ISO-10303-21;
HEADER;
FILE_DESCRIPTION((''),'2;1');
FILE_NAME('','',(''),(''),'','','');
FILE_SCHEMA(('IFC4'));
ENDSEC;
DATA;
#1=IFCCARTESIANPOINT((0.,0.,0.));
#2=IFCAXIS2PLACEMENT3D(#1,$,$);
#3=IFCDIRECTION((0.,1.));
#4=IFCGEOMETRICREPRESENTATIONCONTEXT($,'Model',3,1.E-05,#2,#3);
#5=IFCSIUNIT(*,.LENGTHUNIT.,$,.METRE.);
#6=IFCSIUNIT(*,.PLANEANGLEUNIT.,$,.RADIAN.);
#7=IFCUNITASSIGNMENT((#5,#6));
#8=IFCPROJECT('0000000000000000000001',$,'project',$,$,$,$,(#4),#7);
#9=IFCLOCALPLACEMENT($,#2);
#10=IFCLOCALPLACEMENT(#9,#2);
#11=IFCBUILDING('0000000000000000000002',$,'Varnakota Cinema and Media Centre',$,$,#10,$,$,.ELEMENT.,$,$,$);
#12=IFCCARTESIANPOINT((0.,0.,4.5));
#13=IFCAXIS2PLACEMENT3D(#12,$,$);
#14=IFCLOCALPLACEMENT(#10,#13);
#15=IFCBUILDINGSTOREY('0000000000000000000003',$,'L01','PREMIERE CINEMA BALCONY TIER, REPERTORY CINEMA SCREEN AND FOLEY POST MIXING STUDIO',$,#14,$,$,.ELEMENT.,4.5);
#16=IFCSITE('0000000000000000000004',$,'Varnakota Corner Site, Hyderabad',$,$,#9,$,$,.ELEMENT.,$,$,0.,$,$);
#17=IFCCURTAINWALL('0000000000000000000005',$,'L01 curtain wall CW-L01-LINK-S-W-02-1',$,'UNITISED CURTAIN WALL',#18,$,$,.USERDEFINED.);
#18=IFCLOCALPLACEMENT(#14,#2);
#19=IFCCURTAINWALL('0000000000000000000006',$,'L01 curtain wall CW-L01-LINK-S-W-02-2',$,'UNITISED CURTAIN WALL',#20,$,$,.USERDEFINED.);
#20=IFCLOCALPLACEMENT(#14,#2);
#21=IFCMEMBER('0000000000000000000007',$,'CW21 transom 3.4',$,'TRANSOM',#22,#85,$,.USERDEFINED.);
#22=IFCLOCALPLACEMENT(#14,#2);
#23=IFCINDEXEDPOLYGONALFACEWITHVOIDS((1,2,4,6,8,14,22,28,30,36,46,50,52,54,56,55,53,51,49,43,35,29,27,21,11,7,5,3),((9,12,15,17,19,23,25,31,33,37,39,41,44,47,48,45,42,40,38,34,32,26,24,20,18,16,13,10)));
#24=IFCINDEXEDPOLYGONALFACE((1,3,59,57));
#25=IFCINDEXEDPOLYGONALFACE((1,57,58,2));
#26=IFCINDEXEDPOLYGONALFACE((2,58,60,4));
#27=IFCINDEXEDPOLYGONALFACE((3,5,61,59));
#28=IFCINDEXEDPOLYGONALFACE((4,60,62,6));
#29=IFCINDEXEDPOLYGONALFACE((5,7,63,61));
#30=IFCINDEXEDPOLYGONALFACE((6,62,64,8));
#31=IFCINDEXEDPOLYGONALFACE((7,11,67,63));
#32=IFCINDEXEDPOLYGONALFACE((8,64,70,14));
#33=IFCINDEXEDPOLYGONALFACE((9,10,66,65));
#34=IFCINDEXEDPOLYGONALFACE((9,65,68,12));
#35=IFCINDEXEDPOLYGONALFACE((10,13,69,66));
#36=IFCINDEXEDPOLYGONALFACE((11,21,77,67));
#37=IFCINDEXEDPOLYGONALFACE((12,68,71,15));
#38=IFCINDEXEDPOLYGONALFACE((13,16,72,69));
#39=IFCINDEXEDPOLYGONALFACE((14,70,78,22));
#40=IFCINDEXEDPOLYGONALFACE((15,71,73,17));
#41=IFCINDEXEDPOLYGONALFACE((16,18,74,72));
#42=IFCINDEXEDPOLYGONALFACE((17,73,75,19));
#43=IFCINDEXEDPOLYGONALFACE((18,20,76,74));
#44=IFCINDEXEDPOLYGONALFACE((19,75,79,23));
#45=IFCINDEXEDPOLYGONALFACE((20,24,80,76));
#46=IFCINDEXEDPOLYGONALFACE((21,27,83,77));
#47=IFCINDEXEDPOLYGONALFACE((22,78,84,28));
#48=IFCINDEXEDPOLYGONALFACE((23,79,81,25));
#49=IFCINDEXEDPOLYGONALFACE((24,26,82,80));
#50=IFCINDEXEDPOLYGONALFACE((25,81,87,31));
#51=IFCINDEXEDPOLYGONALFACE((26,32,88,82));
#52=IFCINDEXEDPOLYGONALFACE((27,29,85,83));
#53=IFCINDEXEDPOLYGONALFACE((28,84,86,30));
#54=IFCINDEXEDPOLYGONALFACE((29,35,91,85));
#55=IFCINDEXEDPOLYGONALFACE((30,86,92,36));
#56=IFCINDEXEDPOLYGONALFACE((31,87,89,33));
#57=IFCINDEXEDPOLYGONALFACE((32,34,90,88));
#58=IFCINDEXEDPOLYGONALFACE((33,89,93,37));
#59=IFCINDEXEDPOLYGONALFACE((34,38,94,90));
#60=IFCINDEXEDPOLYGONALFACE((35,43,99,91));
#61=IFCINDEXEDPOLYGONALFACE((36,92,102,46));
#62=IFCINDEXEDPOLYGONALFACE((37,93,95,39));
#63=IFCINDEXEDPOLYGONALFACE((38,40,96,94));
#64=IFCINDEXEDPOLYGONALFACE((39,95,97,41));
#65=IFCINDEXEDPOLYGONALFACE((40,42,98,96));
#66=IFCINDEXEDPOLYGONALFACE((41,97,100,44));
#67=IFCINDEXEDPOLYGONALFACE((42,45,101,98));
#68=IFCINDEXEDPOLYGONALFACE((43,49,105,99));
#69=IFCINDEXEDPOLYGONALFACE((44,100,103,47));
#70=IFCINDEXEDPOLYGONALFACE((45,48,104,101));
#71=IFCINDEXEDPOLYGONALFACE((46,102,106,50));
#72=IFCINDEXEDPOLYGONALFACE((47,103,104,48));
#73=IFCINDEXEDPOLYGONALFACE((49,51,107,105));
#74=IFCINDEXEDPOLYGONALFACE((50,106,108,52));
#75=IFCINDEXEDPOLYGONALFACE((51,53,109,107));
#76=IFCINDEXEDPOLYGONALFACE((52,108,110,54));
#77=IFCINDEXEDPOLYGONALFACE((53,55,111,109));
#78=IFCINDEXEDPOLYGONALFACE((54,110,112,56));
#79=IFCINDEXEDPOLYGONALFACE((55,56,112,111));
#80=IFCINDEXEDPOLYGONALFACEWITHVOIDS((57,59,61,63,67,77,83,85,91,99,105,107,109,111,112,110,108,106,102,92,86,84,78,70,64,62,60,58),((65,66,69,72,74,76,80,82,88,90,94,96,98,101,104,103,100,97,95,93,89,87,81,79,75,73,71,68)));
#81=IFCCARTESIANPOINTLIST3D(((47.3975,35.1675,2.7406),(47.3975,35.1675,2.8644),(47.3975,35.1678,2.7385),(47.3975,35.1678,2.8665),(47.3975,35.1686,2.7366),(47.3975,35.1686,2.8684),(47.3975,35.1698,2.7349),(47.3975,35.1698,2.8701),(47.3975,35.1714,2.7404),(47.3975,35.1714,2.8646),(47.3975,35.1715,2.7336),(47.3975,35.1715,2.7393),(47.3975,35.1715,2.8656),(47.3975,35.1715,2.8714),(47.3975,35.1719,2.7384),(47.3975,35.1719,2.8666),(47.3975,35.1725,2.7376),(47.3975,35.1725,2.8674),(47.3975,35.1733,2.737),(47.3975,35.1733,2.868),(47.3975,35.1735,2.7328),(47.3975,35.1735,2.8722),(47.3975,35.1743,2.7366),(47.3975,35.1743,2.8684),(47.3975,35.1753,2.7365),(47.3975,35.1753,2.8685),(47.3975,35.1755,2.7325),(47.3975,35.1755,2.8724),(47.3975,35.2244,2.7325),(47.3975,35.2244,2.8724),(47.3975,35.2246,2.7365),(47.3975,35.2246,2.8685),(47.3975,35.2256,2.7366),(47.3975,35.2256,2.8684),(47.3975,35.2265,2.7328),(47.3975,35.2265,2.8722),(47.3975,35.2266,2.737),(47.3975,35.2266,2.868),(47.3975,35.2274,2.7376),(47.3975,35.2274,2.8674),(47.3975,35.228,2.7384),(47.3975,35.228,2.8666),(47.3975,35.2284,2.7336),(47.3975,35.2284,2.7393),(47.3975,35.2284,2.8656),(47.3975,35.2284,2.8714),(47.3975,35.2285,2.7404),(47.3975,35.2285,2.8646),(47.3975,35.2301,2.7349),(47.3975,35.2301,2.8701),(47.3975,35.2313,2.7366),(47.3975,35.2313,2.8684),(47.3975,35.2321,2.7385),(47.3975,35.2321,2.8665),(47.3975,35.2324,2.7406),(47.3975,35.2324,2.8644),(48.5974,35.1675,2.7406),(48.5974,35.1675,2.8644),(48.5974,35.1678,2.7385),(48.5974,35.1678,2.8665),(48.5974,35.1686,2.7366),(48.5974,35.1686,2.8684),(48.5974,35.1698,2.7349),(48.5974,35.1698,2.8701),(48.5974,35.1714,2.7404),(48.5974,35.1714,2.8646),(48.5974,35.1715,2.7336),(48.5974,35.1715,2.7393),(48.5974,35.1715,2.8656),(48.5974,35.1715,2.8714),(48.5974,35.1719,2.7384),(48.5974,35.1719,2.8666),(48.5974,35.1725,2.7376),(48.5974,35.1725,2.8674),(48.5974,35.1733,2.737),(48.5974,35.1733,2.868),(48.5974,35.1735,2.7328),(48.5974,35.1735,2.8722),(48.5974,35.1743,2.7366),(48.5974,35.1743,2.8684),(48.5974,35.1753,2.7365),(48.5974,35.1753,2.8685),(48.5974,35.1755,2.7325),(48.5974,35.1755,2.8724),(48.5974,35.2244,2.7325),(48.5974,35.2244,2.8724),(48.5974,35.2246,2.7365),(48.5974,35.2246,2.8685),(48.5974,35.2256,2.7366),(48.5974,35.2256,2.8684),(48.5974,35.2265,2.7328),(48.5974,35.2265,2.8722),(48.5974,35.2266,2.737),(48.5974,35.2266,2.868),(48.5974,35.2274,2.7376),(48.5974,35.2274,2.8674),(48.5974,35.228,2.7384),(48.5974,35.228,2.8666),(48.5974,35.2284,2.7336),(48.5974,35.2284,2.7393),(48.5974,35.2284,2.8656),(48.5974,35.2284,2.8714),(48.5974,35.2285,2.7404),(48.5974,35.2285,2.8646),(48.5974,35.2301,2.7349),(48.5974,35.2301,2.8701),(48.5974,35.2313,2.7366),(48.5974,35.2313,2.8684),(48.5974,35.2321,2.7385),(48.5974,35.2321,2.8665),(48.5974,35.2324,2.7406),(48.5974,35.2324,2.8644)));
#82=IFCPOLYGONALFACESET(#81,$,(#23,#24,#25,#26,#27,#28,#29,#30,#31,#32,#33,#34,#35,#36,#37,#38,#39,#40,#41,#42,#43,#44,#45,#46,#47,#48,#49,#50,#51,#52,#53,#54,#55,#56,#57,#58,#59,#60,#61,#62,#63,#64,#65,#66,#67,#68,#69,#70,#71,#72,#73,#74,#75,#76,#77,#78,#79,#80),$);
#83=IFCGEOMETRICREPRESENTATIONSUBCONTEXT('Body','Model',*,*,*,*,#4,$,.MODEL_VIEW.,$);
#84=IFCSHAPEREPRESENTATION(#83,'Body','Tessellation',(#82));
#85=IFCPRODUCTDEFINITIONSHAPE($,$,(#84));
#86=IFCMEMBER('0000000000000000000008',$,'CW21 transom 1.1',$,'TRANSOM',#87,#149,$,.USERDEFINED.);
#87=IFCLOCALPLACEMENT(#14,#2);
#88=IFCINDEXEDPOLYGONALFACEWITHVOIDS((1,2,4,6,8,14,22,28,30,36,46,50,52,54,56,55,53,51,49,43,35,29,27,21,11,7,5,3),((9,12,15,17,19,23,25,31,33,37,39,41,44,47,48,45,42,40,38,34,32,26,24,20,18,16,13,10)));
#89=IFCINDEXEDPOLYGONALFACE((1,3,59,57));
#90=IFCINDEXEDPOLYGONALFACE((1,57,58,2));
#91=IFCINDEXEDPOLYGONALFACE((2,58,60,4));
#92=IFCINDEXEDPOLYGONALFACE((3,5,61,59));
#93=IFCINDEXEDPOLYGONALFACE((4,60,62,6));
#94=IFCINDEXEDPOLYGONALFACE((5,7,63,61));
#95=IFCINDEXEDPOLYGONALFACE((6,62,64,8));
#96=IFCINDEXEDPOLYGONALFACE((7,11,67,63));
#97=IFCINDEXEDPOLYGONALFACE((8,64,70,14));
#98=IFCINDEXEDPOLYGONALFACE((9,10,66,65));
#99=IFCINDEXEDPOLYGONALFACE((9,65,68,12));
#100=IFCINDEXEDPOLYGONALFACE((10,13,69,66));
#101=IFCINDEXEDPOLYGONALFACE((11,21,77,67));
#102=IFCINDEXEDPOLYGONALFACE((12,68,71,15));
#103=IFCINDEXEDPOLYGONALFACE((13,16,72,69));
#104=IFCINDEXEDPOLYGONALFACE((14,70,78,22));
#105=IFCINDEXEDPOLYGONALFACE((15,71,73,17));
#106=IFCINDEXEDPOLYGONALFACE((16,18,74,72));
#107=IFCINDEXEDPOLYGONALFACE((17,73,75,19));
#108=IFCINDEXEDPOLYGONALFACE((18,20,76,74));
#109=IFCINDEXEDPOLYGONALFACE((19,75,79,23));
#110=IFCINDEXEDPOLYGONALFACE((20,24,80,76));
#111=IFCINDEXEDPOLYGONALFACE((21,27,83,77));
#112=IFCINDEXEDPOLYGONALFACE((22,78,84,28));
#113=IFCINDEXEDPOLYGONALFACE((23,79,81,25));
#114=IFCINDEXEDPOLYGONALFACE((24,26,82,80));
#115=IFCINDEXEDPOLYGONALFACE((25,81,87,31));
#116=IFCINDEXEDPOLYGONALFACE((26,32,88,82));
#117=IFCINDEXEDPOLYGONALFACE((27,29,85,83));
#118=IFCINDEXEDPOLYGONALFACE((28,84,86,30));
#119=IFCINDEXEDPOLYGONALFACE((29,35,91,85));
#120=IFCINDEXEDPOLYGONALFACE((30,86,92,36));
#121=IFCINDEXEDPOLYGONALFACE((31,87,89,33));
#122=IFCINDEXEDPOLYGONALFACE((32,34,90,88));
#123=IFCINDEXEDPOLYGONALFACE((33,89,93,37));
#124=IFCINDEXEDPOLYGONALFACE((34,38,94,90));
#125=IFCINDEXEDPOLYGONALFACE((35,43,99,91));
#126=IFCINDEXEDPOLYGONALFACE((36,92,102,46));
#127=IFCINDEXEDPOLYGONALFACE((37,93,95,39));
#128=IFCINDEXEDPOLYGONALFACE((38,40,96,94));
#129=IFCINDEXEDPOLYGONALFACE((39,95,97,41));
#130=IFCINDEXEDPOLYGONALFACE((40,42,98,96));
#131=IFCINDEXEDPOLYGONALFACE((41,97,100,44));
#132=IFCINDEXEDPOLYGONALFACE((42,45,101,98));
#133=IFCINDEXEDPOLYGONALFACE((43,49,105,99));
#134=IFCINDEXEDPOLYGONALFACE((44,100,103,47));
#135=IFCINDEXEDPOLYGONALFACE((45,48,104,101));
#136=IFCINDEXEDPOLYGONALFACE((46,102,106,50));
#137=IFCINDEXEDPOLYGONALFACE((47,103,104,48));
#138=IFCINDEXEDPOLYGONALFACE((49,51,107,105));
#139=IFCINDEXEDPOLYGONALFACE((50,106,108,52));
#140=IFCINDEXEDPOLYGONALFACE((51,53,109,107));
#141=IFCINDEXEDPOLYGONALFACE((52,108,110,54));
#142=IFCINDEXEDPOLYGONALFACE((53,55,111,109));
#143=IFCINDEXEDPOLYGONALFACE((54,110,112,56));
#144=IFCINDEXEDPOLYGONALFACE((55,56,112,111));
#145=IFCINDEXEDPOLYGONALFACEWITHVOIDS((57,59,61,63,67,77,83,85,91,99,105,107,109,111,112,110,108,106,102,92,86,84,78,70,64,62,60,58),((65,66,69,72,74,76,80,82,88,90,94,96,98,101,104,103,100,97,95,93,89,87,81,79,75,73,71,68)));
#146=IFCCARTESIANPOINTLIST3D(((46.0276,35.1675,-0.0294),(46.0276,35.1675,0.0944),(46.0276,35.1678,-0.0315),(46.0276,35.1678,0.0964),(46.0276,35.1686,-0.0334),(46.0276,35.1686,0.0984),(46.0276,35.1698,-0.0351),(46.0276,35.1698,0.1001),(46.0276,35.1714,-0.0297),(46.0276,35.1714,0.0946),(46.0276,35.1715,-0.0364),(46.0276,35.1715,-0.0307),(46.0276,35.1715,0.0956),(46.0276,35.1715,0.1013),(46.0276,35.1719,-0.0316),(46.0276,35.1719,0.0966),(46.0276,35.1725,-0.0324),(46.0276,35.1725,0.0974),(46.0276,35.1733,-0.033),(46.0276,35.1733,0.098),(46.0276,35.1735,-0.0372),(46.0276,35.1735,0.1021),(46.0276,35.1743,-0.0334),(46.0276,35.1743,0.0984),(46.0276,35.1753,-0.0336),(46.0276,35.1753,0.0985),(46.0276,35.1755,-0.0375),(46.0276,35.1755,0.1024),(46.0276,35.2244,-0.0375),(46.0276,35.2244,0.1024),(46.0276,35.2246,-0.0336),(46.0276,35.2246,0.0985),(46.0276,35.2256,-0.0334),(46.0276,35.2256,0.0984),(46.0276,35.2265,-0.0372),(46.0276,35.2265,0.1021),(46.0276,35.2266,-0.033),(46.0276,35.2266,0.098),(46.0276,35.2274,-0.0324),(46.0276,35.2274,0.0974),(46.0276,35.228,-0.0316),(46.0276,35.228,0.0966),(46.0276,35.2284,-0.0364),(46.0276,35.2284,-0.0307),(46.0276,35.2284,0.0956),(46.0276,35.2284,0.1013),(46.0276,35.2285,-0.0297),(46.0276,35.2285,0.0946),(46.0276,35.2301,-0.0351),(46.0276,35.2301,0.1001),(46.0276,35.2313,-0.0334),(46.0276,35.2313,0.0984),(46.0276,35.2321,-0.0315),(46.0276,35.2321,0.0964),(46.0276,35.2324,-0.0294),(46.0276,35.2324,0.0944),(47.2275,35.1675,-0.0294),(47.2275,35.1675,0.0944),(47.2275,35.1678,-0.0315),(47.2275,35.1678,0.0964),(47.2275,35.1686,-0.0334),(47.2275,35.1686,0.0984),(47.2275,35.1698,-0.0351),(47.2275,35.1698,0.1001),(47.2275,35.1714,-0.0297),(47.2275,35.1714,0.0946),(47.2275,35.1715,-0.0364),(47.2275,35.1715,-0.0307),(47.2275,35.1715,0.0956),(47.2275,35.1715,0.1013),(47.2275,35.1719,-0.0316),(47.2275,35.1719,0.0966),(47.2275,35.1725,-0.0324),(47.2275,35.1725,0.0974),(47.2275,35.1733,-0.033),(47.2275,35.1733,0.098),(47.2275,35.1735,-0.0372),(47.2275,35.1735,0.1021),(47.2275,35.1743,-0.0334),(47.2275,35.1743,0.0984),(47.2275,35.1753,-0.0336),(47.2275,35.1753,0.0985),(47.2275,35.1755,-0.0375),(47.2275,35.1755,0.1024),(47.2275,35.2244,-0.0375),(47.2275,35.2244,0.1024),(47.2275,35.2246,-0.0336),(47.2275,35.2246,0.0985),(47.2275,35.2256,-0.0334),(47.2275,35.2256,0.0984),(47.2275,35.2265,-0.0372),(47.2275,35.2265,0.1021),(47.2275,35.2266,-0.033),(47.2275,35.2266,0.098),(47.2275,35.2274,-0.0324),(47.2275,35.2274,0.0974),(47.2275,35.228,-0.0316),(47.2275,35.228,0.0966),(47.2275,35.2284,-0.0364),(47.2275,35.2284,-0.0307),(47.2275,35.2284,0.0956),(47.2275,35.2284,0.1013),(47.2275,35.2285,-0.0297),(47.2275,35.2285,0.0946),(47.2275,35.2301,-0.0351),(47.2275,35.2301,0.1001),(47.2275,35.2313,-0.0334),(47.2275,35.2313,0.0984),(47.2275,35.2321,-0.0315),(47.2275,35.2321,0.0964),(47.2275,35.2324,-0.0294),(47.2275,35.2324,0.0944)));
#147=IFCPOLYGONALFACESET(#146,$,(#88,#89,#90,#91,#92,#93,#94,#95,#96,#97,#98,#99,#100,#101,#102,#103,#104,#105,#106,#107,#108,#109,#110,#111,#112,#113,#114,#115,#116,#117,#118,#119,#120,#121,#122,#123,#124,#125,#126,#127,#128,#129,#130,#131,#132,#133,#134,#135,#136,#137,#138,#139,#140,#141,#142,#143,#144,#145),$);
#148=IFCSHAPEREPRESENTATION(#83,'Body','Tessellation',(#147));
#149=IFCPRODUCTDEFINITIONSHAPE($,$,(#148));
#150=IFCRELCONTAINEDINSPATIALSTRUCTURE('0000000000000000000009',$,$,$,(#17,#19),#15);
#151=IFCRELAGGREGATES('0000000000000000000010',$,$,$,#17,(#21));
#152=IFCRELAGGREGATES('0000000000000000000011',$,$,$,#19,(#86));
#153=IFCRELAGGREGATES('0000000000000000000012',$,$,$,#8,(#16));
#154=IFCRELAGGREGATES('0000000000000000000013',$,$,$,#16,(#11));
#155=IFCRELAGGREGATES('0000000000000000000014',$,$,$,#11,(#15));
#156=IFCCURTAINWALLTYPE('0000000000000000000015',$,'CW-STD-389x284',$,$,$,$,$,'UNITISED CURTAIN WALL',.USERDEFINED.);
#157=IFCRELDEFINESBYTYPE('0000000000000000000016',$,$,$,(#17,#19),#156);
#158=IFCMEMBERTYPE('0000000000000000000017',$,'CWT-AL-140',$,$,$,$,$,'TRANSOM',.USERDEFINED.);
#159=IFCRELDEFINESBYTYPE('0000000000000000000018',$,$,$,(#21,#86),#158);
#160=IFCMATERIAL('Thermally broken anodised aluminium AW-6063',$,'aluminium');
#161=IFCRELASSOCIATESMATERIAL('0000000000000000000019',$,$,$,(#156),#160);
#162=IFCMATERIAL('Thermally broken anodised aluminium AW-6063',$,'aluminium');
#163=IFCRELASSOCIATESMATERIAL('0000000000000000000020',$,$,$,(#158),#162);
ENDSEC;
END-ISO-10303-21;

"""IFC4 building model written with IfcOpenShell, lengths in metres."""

from ifc_helpers import new_model, si_unit, direction, frame, origin, origin_2d, place, context, subcontext, project, spatial, hollow_rectangle, extrude, material, material_profile, profile_set, type_object, element, aggregate, save


model = new_model("IFC4")

# Units and contexts
model_context = context("Model", 3, precision=1e-05, world=origin(), true_north=direction((0.0, 1.0)))
body_context = subcontext(model_context, "Body", "Model", "MODEL_VIEW")
ifc_project = project(units=[si_unit("LENGTHUNIT", "METRE"), si_unit("PLANEANGLEUNIT", "RADIAN")], contexts=[model_context])

# Site, building, storey
site_placement = place(None, origin())
site = spatial("IfcSite", under=ifc_project, at=site_placement, Name="Varnakota Corner Site, Hyderabad", CompositionType="ELEMENT", RefElevation=0.0)
building_placement = place(site_placement, origin())
building = spatial("IfcBuilding", under=site, at=building_placement, Name="Varnakota Cinema and Media Centre", CompositionType="ELEMENT")
storey_placement = place(building_placement, frame((0.0, 0.0, 4.5)))
storey = spatial("IfcBuildingStorey", under=building, at=storey_placement, Name="L01", Description="PREMIERE CINEMA BALCONY TIER, REPERTORY CINEMA SCREEN AND FOLEY POST MIXING STUDIO", CompositionType="ELEMENT", Elevation=4.5)

# Curtain walls
ifc_material_1 = material(Name="Thermally broken anodised aluminium AW-6063", Category="aluminium")
curtain_wall_type = type_object("IfcCurtainWallType", Name="CW-STD-389x284", ElementType="UNITISED CURTAIN WALL", PredefinedType="USERDEFINED", material=ifc_material_1)
curtain_wall_1_placement = place(storey_placement, origin())
curtain_wall_1 = element("IfcCurtainWall", 1, at=curtain_wall_1_placement, inside=storey, type_object=curtain_wall_type, Name="L01 curtain wall CW-L01-LINK-S-W-02-1", ObjectType="UNITISED CURTAIN WALL", PredefinedType="USERDEFINED")
curtain_wall_2_placement = place(storey_placement, origin())
curtain_wall_2 = element("IfcCurtainWall", 2, at=curtain_wall_2_placement, inside=storey, type_object=curtain_wall_type, Name="L01 curtain wall CW-L01-LINK-S-W-02-2", ObjectType="UNITISED CURTAIN WALL", PredefinedType="USERDEFINED")

# Members
ifc_material_2 = material(Name="Thermally broken anodised aluminium AW-6063", Category="aluminium")
ifc_material_profile_1 = material_profile(ifc_material_2, hollow_rectangle(XDim=0.0649, YDim=0.1399, WallThickness=0.0039, InnerFilletRadius=0.0039, OuterFilletRadius=0.0081, at=origin_2d()), Name="AL-TRANSOM 140x65x4")
ifc_profile_set_1 = profile_set([ifc_material_profile_1], Name="Thermally broken anodised aluminium AW-6063")
member_type_1 = type_object("IfcMemberType", Name="CWT-AL-140", ElementType="TRANSOM", PredefinedType="USERDEFINED", material=ifc_profile_set_1)
member_1_placement = place(storey_placement, frame((48.5974, 35.2, 2.8025), z_axis=(-1.0, 0.0, 0.0), x_axis=(0.0, -1.0, 0.0)))
member_1 = element("IfcMember", 3, at=member_1_placement, type_object=member_type_1, Name="CW21 transom 3.4", ObjectType="TRANSOM", PredefinedType="USERDEFINED", context=body_context, shape_type="SweptSolid", body=[
    extrude(hollow_rectangle(XDim=0.0649, YDim=0.1399, WallThickness=0.0039, InnerFilletRadius=0.0039, OuterFilletRadius=0.0081, at=origin_2d()), origin(), (0.0, 0.0, 1.0), 1.2),
])
member_2_placement = place(storey_placement, frame((47.2275, 35.2, 0.0325), z_axis=(-1.0, 0.0, 0.0), x_axis=(0.0, -1.0, 0.0)))
member_2 = element("IfcMember", 4, at=member_2_placement, type_object=member_type_1, Name="CW21 transom 1.1", ObjectType="TRANSOM", PredefinedType="USERDEFINED", context=body_context, shape_type="SweptSolid", body=[
    extrude(hollow_rectangle(XDim=0.0649, YDim=0.1399, WallThickness=0.0039, InnerFilletRadius=0.0039, OuterFilletRadius=0.0081, at=origin_2d()), origin(), (0.0, 0.0, 1.0), 1.2),
])

aggregate(curtain_wall_1, [member_1])
aggregate(curtain_wall_2, [member_2])

save(model, "model.ifc")
